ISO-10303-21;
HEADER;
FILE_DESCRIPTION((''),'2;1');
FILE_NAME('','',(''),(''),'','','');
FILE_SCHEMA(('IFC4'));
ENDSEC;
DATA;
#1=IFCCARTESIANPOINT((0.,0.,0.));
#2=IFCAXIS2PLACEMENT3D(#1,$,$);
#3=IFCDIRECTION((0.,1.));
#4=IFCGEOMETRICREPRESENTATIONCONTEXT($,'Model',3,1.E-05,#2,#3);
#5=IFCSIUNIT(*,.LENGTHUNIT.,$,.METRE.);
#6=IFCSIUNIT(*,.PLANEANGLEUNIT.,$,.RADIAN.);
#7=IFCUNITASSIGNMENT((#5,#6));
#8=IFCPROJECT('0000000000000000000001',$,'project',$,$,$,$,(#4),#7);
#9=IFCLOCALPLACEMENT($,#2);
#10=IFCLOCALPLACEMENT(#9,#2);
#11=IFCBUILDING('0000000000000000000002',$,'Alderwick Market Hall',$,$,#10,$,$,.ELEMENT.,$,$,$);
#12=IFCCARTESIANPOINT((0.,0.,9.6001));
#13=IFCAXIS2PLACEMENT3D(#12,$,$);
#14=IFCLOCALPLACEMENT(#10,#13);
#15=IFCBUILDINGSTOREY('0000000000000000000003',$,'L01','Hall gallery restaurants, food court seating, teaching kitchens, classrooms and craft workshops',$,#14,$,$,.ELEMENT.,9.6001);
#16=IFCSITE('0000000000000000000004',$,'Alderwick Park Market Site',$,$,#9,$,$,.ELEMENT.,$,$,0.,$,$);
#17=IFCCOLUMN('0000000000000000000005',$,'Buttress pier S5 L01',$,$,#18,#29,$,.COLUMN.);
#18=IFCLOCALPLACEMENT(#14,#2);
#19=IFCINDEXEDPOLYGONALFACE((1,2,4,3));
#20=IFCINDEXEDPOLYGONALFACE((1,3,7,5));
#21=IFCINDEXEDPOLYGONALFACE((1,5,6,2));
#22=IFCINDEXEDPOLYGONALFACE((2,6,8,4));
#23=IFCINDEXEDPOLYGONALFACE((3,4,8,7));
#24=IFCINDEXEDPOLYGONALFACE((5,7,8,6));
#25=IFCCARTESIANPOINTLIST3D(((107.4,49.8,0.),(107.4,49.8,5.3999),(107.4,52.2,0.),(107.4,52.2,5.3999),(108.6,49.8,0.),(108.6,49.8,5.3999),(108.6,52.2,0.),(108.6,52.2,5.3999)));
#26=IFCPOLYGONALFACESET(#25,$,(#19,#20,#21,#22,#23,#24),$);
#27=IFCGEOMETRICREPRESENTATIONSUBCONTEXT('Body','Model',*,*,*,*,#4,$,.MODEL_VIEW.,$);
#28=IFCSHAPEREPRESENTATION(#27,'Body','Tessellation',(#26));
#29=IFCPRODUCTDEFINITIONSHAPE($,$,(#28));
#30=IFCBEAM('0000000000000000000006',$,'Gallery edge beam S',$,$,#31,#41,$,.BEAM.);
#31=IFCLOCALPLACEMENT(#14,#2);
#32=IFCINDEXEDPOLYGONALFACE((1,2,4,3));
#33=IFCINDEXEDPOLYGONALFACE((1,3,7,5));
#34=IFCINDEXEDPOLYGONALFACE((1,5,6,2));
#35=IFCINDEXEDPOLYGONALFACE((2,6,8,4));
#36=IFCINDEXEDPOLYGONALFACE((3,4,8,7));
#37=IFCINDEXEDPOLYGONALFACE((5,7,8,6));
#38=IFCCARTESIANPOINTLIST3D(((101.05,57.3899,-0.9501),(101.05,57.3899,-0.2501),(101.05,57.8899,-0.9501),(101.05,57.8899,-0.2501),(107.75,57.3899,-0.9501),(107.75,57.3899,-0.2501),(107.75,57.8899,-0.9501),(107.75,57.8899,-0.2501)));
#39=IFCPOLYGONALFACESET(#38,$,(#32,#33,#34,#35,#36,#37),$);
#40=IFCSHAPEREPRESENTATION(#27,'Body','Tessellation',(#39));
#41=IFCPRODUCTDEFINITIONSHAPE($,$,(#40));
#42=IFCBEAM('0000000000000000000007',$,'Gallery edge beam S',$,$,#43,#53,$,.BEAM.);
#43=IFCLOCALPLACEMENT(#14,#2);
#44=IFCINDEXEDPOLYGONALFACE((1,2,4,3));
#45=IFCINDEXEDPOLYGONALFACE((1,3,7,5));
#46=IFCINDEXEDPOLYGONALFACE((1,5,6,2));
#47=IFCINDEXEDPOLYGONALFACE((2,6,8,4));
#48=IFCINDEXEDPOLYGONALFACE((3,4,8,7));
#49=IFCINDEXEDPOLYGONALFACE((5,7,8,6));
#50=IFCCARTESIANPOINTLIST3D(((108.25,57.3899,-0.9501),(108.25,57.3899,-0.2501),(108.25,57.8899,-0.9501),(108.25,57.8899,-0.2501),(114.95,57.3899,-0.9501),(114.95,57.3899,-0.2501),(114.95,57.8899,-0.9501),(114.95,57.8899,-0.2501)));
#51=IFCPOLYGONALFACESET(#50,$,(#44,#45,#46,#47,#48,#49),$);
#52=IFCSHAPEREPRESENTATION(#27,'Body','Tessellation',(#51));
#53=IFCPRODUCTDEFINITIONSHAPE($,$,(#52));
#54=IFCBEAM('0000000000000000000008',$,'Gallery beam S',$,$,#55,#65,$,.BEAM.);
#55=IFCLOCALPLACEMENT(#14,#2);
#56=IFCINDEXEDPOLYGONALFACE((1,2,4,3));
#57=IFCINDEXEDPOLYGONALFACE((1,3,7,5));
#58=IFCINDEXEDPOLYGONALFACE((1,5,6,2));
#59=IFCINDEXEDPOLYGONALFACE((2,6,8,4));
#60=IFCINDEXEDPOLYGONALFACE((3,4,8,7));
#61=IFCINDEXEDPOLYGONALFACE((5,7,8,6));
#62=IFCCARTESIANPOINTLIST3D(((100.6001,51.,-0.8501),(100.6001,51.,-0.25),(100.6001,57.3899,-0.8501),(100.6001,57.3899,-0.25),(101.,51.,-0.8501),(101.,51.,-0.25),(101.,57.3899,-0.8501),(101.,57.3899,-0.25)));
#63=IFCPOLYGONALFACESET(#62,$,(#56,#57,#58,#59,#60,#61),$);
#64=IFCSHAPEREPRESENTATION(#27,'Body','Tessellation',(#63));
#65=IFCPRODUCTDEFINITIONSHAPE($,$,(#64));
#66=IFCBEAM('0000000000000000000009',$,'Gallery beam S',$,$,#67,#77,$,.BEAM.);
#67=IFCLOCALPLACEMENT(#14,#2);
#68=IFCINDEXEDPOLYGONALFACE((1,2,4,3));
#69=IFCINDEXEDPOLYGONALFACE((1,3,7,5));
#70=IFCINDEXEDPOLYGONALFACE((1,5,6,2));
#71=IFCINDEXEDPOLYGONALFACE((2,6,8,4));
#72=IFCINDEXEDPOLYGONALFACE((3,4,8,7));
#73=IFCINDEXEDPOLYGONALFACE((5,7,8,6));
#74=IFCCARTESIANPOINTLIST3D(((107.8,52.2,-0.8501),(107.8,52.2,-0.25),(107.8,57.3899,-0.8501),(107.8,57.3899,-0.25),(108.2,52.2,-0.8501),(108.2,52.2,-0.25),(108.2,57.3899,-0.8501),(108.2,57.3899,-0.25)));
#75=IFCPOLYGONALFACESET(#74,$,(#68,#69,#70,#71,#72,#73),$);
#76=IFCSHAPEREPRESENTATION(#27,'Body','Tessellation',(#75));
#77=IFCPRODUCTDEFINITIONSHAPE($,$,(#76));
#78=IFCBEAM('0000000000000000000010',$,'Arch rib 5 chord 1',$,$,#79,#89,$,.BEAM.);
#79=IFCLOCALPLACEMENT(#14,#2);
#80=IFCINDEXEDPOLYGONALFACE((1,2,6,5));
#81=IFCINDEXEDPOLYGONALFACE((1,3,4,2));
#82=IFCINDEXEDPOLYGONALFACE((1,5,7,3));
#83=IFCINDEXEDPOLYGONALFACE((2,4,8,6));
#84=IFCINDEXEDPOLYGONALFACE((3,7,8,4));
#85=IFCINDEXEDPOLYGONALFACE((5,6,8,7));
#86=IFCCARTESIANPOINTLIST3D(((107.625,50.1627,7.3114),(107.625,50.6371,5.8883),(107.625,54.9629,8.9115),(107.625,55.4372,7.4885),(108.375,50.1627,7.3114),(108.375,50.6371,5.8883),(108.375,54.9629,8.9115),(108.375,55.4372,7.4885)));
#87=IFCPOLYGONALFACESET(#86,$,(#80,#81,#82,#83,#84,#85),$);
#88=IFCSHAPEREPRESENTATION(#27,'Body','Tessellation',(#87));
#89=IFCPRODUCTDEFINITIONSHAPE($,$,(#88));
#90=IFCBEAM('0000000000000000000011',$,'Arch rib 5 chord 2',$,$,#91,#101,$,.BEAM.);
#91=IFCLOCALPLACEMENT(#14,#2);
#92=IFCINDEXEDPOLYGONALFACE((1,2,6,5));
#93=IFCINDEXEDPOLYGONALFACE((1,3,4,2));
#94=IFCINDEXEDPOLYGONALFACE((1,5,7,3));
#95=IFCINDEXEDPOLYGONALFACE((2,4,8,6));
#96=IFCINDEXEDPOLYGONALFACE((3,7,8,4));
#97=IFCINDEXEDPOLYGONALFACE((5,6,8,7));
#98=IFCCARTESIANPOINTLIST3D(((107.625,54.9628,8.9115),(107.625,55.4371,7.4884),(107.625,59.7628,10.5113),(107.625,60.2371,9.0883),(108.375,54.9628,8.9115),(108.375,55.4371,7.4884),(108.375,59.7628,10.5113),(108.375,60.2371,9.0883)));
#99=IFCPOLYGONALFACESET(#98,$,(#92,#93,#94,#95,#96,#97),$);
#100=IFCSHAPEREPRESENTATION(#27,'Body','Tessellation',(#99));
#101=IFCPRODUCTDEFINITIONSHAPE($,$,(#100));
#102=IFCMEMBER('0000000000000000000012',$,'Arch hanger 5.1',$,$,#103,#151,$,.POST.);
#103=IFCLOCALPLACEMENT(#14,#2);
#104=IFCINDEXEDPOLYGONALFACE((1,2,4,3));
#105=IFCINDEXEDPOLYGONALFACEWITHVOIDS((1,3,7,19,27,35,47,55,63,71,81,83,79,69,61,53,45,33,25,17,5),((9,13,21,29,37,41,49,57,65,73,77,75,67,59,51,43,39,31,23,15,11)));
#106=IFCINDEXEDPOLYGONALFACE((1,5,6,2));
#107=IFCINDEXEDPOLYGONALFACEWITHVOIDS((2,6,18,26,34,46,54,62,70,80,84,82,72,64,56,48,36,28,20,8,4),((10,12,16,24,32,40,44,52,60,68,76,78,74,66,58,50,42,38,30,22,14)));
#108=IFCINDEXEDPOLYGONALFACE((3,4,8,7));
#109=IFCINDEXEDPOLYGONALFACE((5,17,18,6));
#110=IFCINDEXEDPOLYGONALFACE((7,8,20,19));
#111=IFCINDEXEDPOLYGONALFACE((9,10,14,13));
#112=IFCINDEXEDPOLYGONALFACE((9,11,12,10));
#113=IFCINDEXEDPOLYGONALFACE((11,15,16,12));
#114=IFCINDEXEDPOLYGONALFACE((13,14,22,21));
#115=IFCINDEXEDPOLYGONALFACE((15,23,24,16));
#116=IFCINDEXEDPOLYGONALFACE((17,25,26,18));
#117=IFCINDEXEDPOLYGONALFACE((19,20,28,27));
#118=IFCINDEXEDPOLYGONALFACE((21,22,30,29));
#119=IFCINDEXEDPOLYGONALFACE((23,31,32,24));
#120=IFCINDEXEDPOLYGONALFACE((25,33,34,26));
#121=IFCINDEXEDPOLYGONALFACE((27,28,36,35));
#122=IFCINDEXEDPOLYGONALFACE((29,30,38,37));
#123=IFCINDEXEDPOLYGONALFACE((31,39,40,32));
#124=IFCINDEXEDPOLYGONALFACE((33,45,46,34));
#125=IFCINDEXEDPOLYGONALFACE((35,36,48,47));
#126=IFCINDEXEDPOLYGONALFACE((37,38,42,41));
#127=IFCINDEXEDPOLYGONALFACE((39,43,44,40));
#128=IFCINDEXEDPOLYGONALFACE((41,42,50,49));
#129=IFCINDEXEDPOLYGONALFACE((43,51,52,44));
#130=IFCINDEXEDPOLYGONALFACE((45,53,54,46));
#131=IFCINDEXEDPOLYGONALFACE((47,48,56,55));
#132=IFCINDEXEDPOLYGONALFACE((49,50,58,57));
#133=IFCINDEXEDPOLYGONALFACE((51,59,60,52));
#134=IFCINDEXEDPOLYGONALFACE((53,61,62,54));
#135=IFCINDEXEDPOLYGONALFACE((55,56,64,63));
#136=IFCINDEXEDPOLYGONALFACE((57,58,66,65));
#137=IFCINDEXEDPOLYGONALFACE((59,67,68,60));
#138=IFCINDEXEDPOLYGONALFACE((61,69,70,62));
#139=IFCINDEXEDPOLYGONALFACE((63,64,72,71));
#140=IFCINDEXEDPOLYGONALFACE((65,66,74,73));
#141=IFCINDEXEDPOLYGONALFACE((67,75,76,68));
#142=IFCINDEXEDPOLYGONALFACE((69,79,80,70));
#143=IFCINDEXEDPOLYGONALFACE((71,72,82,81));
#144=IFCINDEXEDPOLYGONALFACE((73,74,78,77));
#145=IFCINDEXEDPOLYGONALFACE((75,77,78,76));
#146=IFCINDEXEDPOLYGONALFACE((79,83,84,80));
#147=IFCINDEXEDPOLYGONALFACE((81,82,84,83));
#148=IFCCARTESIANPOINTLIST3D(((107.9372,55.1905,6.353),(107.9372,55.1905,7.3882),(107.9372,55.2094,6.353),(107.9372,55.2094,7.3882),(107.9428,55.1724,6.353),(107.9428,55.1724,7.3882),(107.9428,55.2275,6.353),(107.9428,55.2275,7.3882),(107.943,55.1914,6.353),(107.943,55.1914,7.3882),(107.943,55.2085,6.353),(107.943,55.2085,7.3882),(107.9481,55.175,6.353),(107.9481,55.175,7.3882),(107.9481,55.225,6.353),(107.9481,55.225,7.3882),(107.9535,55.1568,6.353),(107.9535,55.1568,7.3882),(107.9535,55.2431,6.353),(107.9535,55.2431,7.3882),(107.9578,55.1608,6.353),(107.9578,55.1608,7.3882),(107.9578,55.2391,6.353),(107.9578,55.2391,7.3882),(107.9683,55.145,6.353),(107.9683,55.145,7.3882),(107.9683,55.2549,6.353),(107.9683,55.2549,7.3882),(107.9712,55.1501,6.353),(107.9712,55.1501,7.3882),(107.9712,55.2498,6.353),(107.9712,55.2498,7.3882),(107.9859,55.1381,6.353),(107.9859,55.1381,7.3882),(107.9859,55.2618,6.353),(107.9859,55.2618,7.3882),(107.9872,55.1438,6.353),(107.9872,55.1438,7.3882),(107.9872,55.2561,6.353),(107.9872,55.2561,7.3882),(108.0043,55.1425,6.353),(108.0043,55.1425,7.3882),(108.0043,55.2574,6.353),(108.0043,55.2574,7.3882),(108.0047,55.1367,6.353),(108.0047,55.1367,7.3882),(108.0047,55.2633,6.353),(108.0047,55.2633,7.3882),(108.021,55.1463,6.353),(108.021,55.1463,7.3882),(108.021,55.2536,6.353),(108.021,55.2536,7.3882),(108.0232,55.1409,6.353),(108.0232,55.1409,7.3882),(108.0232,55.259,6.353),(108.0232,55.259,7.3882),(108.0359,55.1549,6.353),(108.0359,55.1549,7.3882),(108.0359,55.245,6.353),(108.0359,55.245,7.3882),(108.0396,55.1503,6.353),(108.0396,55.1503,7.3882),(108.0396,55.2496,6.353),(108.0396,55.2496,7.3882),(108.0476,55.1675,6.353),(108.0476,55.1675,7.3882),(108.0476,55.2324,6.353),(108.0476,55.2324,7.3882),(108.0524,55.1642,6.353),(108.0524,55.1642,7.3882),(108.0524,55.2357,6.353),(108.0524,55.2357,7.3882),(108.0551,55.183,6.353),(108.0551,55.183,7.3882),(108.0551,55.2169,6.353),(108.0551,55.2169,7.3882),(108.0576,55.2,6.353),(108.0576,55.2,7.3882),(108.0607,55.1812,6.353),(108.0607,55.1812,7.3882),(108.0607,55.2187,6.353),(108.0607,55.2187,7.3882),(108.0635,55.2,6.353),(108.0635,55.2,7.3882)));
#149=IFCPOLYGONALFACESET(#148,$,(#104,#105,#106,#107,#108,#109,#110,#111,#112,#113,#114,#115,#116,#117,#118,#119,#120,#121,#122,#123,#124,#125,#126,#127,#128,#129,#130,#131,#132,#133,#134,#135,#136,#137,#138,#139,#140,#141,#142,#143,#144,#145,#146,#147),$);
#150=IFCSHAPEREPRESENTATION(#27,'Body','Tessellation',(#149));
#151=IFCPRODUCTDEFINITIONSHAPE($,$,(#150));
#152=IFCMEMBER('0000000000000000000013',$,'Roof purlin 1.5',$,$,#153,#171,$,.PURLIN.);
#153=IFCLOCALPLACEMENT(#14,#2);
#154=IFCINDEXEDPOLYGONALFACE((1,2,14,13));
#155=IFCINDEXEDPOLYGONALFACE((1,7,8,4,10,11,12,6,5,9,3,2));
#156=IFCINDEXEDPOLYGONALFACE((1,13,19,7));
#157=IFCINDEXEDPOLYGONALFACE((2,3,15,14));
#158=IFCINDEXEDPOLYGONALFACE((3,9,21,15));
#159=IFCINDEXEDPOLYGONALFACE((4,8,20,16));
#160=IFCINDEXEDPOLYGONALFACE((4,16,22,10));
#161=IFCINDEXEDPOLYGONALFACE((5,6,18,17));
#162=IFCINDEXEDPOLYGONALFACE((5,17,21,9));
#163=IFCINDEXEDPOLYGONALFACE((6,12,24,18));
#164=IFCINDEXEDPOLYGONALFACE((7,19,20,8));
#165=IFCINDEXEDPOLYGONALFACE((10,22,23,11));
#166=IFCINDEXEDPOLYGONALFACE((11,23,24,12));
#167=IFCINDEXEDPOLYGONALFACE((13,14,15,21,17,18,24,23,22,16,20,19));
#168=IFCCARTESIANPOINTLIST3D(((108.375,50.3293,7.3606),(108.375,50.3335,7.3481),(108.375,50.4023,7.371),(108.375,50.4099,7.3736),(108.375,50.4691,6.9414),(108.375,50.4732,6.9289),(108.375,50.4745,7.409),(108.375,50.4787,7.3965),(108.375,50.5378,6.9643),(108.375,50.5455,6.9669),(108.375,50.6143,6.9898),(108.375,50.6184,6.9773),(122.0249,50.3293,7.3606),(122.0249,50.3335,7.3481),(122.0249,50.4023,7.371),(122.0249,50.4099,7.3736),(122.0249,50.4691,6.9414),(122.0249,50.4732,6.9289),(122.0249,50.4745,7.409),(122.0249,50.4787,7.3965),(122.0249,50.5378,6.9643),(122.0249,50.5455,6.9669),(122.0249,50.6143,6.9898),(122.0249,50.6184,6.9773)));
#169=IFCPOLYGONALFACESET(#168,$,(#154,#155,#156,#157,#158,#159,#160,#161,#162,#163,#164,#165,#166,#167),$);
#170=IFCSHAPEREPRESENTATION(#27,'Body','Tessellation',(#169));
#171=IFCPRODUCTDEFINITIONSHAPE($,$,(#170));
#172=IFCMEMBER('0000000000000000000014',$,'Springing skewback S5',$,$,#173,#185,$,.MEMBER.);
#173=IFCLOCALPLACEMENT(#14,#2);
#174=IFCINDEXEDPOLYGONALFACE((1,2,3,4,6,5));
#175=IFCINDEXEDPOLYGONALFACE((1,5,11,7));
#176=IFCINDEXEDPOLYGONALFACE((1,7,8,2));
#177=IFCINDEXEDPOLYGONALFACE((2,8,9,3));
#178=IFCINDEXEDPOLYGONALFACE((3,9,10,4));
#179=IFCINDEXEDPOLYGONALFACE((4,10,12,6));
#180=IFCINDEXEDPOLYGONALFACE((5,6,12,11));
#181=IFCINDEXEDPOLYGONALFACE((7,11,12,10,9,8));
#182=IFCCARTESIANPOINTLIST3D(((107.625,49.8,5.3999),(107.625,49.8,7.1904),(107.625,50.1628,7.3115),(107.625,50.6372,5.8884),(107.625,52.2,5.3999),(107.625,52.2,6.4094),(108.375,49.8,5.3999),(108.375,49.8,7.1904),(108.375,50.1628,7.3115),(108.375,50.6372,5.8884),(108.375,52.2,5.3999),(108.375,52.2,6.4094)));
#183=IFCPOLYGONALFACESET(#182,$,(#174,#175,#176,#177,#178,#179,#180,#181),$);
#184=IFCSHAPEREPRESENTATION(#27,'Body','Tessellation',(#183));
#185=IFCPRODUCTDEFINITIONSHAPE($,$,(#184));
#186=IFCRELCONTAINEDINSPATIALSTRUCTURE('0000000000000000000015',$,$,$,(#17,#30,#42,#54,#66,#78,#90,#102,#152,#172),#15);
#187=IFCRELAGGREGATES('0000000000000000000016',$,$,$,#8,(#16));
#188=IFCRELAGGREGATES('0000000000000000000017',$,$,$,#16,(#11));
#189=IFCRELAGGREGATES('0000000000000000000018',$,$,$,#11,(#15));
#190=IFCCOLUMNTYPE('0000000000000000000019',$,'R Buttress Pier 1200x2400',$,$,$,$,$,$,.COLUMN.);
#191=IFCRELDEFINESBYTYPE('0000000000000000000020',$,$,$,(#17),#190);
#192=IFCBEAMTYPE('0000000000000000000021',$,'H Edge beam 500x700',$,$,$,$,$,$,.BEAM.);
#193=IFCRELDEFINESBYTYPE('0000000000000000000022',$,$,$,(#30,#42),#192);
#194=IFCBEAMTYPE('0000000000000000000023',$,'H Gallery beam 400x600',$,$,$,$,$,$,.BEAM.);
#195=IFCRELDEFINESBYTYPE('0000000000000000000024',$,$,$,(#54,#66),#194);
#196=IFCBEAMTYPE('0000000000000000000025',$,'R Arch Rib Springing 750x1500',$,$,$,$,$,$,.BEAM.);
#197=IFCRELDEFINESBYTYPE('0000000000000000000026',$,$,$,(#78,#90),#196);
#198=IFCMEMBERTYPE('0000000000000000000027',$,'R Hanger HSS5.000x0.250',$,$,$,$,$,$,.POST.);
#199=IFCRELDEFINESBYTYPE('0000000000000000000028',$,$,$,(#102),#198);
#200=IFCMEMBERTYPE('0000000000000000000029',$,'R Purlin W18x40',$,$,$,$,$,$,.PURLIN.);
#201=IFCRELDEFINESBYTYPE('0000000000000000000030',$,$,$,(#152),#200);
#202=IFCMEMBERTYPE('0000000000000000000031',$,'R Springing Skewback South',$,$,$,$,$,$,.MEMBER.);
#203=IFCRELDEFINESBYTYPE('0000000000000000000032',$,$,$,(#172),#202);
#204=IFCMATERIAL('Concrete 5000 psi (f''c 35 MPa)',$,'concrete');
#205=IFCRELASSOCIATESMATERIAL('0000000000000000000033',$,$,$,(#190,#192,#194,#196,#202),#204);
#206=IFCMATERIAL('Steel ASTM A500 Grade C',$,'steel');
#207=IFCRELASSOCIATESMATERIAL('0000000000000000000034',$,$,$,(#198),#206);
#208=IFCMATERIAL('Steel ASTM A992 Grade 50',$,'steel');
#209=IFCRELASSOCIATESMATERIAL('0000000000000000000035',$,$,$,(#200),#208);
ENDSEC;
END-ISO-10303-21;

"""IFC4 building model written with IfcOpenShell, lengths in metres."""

from ifc_helpers import new_model, si_unit, direction, frame, origin, origin_2d, place, context, subcontext, project, spatial, polyline, rectangle, hollow_circle, i_section, outline, extrude, material, material_profile, profile_set, type_object, element, save


model = new_model("IFC4")

# Units and contexts
model_context = context("Model", 3, precision=1e-05, world=origin(), true_north=direction((0.0, 1.0)))
body_context = subcontext(model_context, "Body", "Model", "MODEL_VIEW")
ifc_project = project(units=[si_unit("LENGTHUNIT", "METRE"), si_unit("PLANEANGLEUNIT", "RADIAN")], contexts=[model_context])

# Site, building, storey
site_placement = place(None, origin())
site = spatial("IfcSite", under=ifc_project, at=site_placement, Name="Alderwick Park Market Site", CompositionType="ELEMENT", RefElevation=0.0)
building_placement = place(site_placement, origin())
building = spatial("IfcBuilding", under=site, at=building_placement, Name="Alderwick Market Hall", CompositionType="ELEMENT")
storey_placement = place(building_placement, frame((0.0, 0.0, 9.6001)))
storey = spatial("IfcBuildingStorey", under=building, at=storey_placement, Name="L01", Description="Hall gallery restaurants, food court seating, teaching kitchens, classrooms and craft workshops", CompositionType="ELEMENT", Elevation=9.6001)

# Column
ifc_material_1 = material(Name="Concrete 5000 psi (f'c 35 MPa)", Category="concrete")
ifc_material_profile_1 = material_profile(ifc_material_1, rectangle(XDim=1.2, YDim=2.3999, at=origin_2d()), Name="RC 1200x2400")
ifc_profile_set_1 = profile_set([ifc_material_profile_1], Name="Concrete 5000 psi (f'c 35 MPa)")
column_type = type_object("IfcColumnType", Name="R Buttress Pier 1200x2400", PredefinedType="COLUMN", material=ifc_profile_set_1)
column_placement = place(storey_placement, frame((108.0, 51.0, 0.0), z_axis=(0.0, 0.0, 1.0), x_axis=(1.0, 0.0, 0.0)))
element("IfcColumn", 1, at=column_placement, inside=storey, type_object=column_type, Name="Buttress pier S5 L01", PredefinedType="COLUMN", context=body_context, shape_type="SweptSolid", body=[
    extrude(rectangle(XDim=1.2, YDim=2.3999, at=origin_2d()), origin(), (0.0, 0.0, 1.0), 5.3999),
])

# Beams
ifc_material_profile_2 = material_profile(ifc_material_1, rectangle(XDim=0.5, YDim=0.7, at=origin_2d()), Name="RC 500x700")
ifc_profile_set_2 = profile_set([ifc_material_profile_2], Name="Concrete 5000 psi (f'c 35 MPa)")
beam_type_1 = type_object("IfcBeamType", Name="H Edge beam 500x700", PredefinedType="BEAM", material=ifc_profile_set_2)
for number, where, z_axis, x_axis, name in (
    (2, (101.05, 57.6399, -0.6001), (1.0, 0.0, 0.0), (0.0, 1.0, 0.0), "Gallery edge beam S"),
    (3, (108.25, 57.6399, -0.6001), (1.0, 0.0, 0.0), (0.0, 1.0, 0.0), "Gallery edge beam S"),
):
    element("IfcBeam", number, at=place(storey_placement, frame(where, z_axis=z_axis, x_axis=x_axis)), inside=storey, type_object=beam_type_1, Name=name, PredefinedType="BEAM", context=body_context, shape_type="SweptSolid", body=[
        extrude(rectangle(XDim=0.5, YDim=0.7, at=origin_2d()), origin(), (0.0, 0.0, 1.0), 6.7),
    ])
ifc_material_profile_3 = material_profile(ifc_material_1, rectangle(XDim=0.3999, YDim=0.6001, at=origin_2d()), Name="RC 400x600")
ifc_profile_set_3 = profile_set([ifc_material_profile_3], Name="Concrete 5000 psi (f'c 35 MPa)")
beam_type_2 = type_object("IfcBeamType", Name="H Gallery beam 400x600", PredefinedType="BEAM", material=ifc_profile_set_3)
beam_1_placement = place(storey_placement, frame((100.8, 51.0, -0.55), z_axis=(0.0, 1.0, 0.0), x_axis=(-1.0, 0.0, 0.0)))
element("IfcBeam", 4, at=beam_1_placement, inside=storey, type_object=beam_type_2, Name="Gallery beam S", PredefinedType="BEAM", context=body_context, shape_type="SweptSolid", body=[
    extrude(rectangle(XDim=0.3999, YDim=0.6001, at=origin_2d()), origin(), (0.0, 0.0, 1.0), 6.3899),
])
beam_2_placement = place(storey_placement, frame((108.0, 52.2, -0.55), z_axis=(0.0, 1.0, 0.0), x_axis=(-1.0, 0.0, 0.0)))
element("IfcBeam", 5, at=beam_2_placement, inside=storey, type_object=beam_type_2, Name="Gallery beam S", PredefinedType="BEAM", context=body_context, shape_type="SweptSolid", body=[
    extrude(rectangle(XDim=0.3999, YDim=0.6001, at=origin_2d()), origin(), (0.0, 0.0, 1.0), 5.1899),
])
ifc_material_profile_4 = material_profile(ifc_material_1, rectangle(XDim=0.75, YDim=1.5, at=origin_2d()), Name="RC 750x1500")
ifc_profile_set_4 = profile_set([ifc_material_profile_4], Name="Concrete 5000 psi (f'c 35 MPa)")
beam_type_3 = type_object("IfcBeamType", Name="R Arch Rib Springing 750x1500", PredefinedType="BEAM", material=ifc_profile_set_4)
beam_3_placement = place(storey_placement, frame((108.0, 50.3999, 6.5999), z_axis=(0.0, 0.948678, 0.316242), x_axis=(-1.0, 0.0, 0.0)))
element("IfcBeam", 6, at=beam_3_placement, inside=storey, type_object=beam_type_3, Name="Arch rib 5 chord 1", PredefinedType="BEAM", context=body_context, shape_type="SweptSolid", body=[
    extrude(rectangle(XDim=0.75, YDim=1.5, at=origin_2d()), origin(), (0.0, 0.0, 1.0), 5.0598),
])
beam_4_placement = place(storey_placement, frame((108.0, 55.2, 8.2), z_axis=(0.0, 0.948693, 0.316199), x_axis=(-1.0, 0.0, 0.0)))
element("IfcBeam", 7, at=beam_4_placement, inside=storey, type_object=beam_type_3, Name="Arch rib 5 chord 2", PredefinedType="BEAM", context=body_context, shape_type="SweptSolid", body=[
    extrude(rectangle(XDim=0.75, YDim=1.5, at=origin_2d()), origin(), (0.0, 0.0, 1.0), 5.0596),
])

# Members
ifc_material_2 = material(Name="Steel ASTM A500 Grade C", Category="steel")
ifc_material_profile_5 = material_profile(ifc_material_2, hollow_circle(Radius=0.0635, WallThickness=0.0059, at=origin_2d()), Name="HSS5.000x0.250")
ifc_profile_set_5 = profile_set([ifc_material_profile_5], Name="Steel ASTM A500 Grade C")
member_type_1 = type_object("IfcMemberType", Name="R Hanger HSS5.000x0.250", PredefinedType="POST", material=ifc_profile_set_5)
member_1_placement = place(storey_placement, frame((108.0, 55.2, 6.353), z_axis=(0.0, 0.0, 1.0), x_axis=(1.0, 0.0, 0.0)))
element("IfcMember", 8, at=member_1_placement, inside=storey, type_object=member_type_1, Name="Arch hanger 5.1", PredefinedType="POST", context=body_context, shape_type="SweptSolid", body=[
    extrude(hollow_circle(Radius=0.0635, WallThickness=0.0059, at=origin_2d()), origin(), (0.0, 0.0, 1.0), 1.0352),
])
ifc_material_3 = material(Name="Steel ASTM A992 Grade 50", Category="steel")
ifc_material_profile_6 = material_profile(ifc_material_3, i_section(OverallWidth=0.1531, OverallDepth=0.4551, WebThickness=0.0081, FlangeThickness=0.0132, at=origin_2d()), Name="W18x40")
ifc_profile_set_6 = profile_set([ifc_material_profile_6], Name="Steel ASTM A992 Grade 50")
member_type_2 = type_object("IfcMemberType", Name="R Purlin W18x40", PredefinedType="PURLIN", material=ifc_profile_set_6)
member_2_placement = place(storey_placement, frame((108.375, 50.4739, 7.1689), z_axis=(1.0, 0.0, 0.0), x_axis=(0.0, 0.948683, 0.316228)))
element("IfcMember", 9, at=member_2_placement, inside=storey, type_object=member_type_2, Name="Roof purlin 1.5", PredefinedType="PURLIN", context=body_context, shape_type="SweptSolid", body=[
    extrude(i_section(OverallWidth=0.1531, OverallDepth=0.4551, WebThickness=0.0081, FlangeThickness=0.0132, at=origin_2d()), origin(), (0.0, 0.0, 1.0), 13.6499),
])
ifc_material_profile_7 = material_profile(ifc_material_1, outline(polyline([(0.0, 0.0), (2.3999, 0.0), (2.3999, 1.0095), (0.8372, 0.4885), (0.3628, 1.9116), (0.0, 1.7905), (0.0, 0.0)])), Name="RC skewback S")
ifc_profile_set_7 = profile_set([ifc_material_profile_7], Name="Concrete 5000 psi (f'c 35 MPa)")
member_type_3 = type_object("IfcMemberType", Name="R Springing Skewback South", PredefinedType="MEMBER", material=ifc_profile_set_7)
member_3_placement = place(storey_placement, frame((107.625, 49.8, 5.3999), z_axis=(1.0, 0.0, 0.0), x_axis=(0.0, 1.0, 0.0)))
element("IfcMember", 10, at=member_3_placement, inside=storey, type_object=member_type_3, Name="Springing skewback S5", PredefinedType="MEMBER", context=body_context, shape_type="SweptSolid", body=[
    extrude(outline(polyline([(0.0, 0.0), (2.3999, 0.0), (2.3999, 1.0095), (0.8372, 0.4885), (0.3628, 1.9116), (0.0, 1.7905), (0.0, 0.0)])), origin(), (0.0, 0.0, 1.0), 0.75),
])

save(model, "model.ifc")
